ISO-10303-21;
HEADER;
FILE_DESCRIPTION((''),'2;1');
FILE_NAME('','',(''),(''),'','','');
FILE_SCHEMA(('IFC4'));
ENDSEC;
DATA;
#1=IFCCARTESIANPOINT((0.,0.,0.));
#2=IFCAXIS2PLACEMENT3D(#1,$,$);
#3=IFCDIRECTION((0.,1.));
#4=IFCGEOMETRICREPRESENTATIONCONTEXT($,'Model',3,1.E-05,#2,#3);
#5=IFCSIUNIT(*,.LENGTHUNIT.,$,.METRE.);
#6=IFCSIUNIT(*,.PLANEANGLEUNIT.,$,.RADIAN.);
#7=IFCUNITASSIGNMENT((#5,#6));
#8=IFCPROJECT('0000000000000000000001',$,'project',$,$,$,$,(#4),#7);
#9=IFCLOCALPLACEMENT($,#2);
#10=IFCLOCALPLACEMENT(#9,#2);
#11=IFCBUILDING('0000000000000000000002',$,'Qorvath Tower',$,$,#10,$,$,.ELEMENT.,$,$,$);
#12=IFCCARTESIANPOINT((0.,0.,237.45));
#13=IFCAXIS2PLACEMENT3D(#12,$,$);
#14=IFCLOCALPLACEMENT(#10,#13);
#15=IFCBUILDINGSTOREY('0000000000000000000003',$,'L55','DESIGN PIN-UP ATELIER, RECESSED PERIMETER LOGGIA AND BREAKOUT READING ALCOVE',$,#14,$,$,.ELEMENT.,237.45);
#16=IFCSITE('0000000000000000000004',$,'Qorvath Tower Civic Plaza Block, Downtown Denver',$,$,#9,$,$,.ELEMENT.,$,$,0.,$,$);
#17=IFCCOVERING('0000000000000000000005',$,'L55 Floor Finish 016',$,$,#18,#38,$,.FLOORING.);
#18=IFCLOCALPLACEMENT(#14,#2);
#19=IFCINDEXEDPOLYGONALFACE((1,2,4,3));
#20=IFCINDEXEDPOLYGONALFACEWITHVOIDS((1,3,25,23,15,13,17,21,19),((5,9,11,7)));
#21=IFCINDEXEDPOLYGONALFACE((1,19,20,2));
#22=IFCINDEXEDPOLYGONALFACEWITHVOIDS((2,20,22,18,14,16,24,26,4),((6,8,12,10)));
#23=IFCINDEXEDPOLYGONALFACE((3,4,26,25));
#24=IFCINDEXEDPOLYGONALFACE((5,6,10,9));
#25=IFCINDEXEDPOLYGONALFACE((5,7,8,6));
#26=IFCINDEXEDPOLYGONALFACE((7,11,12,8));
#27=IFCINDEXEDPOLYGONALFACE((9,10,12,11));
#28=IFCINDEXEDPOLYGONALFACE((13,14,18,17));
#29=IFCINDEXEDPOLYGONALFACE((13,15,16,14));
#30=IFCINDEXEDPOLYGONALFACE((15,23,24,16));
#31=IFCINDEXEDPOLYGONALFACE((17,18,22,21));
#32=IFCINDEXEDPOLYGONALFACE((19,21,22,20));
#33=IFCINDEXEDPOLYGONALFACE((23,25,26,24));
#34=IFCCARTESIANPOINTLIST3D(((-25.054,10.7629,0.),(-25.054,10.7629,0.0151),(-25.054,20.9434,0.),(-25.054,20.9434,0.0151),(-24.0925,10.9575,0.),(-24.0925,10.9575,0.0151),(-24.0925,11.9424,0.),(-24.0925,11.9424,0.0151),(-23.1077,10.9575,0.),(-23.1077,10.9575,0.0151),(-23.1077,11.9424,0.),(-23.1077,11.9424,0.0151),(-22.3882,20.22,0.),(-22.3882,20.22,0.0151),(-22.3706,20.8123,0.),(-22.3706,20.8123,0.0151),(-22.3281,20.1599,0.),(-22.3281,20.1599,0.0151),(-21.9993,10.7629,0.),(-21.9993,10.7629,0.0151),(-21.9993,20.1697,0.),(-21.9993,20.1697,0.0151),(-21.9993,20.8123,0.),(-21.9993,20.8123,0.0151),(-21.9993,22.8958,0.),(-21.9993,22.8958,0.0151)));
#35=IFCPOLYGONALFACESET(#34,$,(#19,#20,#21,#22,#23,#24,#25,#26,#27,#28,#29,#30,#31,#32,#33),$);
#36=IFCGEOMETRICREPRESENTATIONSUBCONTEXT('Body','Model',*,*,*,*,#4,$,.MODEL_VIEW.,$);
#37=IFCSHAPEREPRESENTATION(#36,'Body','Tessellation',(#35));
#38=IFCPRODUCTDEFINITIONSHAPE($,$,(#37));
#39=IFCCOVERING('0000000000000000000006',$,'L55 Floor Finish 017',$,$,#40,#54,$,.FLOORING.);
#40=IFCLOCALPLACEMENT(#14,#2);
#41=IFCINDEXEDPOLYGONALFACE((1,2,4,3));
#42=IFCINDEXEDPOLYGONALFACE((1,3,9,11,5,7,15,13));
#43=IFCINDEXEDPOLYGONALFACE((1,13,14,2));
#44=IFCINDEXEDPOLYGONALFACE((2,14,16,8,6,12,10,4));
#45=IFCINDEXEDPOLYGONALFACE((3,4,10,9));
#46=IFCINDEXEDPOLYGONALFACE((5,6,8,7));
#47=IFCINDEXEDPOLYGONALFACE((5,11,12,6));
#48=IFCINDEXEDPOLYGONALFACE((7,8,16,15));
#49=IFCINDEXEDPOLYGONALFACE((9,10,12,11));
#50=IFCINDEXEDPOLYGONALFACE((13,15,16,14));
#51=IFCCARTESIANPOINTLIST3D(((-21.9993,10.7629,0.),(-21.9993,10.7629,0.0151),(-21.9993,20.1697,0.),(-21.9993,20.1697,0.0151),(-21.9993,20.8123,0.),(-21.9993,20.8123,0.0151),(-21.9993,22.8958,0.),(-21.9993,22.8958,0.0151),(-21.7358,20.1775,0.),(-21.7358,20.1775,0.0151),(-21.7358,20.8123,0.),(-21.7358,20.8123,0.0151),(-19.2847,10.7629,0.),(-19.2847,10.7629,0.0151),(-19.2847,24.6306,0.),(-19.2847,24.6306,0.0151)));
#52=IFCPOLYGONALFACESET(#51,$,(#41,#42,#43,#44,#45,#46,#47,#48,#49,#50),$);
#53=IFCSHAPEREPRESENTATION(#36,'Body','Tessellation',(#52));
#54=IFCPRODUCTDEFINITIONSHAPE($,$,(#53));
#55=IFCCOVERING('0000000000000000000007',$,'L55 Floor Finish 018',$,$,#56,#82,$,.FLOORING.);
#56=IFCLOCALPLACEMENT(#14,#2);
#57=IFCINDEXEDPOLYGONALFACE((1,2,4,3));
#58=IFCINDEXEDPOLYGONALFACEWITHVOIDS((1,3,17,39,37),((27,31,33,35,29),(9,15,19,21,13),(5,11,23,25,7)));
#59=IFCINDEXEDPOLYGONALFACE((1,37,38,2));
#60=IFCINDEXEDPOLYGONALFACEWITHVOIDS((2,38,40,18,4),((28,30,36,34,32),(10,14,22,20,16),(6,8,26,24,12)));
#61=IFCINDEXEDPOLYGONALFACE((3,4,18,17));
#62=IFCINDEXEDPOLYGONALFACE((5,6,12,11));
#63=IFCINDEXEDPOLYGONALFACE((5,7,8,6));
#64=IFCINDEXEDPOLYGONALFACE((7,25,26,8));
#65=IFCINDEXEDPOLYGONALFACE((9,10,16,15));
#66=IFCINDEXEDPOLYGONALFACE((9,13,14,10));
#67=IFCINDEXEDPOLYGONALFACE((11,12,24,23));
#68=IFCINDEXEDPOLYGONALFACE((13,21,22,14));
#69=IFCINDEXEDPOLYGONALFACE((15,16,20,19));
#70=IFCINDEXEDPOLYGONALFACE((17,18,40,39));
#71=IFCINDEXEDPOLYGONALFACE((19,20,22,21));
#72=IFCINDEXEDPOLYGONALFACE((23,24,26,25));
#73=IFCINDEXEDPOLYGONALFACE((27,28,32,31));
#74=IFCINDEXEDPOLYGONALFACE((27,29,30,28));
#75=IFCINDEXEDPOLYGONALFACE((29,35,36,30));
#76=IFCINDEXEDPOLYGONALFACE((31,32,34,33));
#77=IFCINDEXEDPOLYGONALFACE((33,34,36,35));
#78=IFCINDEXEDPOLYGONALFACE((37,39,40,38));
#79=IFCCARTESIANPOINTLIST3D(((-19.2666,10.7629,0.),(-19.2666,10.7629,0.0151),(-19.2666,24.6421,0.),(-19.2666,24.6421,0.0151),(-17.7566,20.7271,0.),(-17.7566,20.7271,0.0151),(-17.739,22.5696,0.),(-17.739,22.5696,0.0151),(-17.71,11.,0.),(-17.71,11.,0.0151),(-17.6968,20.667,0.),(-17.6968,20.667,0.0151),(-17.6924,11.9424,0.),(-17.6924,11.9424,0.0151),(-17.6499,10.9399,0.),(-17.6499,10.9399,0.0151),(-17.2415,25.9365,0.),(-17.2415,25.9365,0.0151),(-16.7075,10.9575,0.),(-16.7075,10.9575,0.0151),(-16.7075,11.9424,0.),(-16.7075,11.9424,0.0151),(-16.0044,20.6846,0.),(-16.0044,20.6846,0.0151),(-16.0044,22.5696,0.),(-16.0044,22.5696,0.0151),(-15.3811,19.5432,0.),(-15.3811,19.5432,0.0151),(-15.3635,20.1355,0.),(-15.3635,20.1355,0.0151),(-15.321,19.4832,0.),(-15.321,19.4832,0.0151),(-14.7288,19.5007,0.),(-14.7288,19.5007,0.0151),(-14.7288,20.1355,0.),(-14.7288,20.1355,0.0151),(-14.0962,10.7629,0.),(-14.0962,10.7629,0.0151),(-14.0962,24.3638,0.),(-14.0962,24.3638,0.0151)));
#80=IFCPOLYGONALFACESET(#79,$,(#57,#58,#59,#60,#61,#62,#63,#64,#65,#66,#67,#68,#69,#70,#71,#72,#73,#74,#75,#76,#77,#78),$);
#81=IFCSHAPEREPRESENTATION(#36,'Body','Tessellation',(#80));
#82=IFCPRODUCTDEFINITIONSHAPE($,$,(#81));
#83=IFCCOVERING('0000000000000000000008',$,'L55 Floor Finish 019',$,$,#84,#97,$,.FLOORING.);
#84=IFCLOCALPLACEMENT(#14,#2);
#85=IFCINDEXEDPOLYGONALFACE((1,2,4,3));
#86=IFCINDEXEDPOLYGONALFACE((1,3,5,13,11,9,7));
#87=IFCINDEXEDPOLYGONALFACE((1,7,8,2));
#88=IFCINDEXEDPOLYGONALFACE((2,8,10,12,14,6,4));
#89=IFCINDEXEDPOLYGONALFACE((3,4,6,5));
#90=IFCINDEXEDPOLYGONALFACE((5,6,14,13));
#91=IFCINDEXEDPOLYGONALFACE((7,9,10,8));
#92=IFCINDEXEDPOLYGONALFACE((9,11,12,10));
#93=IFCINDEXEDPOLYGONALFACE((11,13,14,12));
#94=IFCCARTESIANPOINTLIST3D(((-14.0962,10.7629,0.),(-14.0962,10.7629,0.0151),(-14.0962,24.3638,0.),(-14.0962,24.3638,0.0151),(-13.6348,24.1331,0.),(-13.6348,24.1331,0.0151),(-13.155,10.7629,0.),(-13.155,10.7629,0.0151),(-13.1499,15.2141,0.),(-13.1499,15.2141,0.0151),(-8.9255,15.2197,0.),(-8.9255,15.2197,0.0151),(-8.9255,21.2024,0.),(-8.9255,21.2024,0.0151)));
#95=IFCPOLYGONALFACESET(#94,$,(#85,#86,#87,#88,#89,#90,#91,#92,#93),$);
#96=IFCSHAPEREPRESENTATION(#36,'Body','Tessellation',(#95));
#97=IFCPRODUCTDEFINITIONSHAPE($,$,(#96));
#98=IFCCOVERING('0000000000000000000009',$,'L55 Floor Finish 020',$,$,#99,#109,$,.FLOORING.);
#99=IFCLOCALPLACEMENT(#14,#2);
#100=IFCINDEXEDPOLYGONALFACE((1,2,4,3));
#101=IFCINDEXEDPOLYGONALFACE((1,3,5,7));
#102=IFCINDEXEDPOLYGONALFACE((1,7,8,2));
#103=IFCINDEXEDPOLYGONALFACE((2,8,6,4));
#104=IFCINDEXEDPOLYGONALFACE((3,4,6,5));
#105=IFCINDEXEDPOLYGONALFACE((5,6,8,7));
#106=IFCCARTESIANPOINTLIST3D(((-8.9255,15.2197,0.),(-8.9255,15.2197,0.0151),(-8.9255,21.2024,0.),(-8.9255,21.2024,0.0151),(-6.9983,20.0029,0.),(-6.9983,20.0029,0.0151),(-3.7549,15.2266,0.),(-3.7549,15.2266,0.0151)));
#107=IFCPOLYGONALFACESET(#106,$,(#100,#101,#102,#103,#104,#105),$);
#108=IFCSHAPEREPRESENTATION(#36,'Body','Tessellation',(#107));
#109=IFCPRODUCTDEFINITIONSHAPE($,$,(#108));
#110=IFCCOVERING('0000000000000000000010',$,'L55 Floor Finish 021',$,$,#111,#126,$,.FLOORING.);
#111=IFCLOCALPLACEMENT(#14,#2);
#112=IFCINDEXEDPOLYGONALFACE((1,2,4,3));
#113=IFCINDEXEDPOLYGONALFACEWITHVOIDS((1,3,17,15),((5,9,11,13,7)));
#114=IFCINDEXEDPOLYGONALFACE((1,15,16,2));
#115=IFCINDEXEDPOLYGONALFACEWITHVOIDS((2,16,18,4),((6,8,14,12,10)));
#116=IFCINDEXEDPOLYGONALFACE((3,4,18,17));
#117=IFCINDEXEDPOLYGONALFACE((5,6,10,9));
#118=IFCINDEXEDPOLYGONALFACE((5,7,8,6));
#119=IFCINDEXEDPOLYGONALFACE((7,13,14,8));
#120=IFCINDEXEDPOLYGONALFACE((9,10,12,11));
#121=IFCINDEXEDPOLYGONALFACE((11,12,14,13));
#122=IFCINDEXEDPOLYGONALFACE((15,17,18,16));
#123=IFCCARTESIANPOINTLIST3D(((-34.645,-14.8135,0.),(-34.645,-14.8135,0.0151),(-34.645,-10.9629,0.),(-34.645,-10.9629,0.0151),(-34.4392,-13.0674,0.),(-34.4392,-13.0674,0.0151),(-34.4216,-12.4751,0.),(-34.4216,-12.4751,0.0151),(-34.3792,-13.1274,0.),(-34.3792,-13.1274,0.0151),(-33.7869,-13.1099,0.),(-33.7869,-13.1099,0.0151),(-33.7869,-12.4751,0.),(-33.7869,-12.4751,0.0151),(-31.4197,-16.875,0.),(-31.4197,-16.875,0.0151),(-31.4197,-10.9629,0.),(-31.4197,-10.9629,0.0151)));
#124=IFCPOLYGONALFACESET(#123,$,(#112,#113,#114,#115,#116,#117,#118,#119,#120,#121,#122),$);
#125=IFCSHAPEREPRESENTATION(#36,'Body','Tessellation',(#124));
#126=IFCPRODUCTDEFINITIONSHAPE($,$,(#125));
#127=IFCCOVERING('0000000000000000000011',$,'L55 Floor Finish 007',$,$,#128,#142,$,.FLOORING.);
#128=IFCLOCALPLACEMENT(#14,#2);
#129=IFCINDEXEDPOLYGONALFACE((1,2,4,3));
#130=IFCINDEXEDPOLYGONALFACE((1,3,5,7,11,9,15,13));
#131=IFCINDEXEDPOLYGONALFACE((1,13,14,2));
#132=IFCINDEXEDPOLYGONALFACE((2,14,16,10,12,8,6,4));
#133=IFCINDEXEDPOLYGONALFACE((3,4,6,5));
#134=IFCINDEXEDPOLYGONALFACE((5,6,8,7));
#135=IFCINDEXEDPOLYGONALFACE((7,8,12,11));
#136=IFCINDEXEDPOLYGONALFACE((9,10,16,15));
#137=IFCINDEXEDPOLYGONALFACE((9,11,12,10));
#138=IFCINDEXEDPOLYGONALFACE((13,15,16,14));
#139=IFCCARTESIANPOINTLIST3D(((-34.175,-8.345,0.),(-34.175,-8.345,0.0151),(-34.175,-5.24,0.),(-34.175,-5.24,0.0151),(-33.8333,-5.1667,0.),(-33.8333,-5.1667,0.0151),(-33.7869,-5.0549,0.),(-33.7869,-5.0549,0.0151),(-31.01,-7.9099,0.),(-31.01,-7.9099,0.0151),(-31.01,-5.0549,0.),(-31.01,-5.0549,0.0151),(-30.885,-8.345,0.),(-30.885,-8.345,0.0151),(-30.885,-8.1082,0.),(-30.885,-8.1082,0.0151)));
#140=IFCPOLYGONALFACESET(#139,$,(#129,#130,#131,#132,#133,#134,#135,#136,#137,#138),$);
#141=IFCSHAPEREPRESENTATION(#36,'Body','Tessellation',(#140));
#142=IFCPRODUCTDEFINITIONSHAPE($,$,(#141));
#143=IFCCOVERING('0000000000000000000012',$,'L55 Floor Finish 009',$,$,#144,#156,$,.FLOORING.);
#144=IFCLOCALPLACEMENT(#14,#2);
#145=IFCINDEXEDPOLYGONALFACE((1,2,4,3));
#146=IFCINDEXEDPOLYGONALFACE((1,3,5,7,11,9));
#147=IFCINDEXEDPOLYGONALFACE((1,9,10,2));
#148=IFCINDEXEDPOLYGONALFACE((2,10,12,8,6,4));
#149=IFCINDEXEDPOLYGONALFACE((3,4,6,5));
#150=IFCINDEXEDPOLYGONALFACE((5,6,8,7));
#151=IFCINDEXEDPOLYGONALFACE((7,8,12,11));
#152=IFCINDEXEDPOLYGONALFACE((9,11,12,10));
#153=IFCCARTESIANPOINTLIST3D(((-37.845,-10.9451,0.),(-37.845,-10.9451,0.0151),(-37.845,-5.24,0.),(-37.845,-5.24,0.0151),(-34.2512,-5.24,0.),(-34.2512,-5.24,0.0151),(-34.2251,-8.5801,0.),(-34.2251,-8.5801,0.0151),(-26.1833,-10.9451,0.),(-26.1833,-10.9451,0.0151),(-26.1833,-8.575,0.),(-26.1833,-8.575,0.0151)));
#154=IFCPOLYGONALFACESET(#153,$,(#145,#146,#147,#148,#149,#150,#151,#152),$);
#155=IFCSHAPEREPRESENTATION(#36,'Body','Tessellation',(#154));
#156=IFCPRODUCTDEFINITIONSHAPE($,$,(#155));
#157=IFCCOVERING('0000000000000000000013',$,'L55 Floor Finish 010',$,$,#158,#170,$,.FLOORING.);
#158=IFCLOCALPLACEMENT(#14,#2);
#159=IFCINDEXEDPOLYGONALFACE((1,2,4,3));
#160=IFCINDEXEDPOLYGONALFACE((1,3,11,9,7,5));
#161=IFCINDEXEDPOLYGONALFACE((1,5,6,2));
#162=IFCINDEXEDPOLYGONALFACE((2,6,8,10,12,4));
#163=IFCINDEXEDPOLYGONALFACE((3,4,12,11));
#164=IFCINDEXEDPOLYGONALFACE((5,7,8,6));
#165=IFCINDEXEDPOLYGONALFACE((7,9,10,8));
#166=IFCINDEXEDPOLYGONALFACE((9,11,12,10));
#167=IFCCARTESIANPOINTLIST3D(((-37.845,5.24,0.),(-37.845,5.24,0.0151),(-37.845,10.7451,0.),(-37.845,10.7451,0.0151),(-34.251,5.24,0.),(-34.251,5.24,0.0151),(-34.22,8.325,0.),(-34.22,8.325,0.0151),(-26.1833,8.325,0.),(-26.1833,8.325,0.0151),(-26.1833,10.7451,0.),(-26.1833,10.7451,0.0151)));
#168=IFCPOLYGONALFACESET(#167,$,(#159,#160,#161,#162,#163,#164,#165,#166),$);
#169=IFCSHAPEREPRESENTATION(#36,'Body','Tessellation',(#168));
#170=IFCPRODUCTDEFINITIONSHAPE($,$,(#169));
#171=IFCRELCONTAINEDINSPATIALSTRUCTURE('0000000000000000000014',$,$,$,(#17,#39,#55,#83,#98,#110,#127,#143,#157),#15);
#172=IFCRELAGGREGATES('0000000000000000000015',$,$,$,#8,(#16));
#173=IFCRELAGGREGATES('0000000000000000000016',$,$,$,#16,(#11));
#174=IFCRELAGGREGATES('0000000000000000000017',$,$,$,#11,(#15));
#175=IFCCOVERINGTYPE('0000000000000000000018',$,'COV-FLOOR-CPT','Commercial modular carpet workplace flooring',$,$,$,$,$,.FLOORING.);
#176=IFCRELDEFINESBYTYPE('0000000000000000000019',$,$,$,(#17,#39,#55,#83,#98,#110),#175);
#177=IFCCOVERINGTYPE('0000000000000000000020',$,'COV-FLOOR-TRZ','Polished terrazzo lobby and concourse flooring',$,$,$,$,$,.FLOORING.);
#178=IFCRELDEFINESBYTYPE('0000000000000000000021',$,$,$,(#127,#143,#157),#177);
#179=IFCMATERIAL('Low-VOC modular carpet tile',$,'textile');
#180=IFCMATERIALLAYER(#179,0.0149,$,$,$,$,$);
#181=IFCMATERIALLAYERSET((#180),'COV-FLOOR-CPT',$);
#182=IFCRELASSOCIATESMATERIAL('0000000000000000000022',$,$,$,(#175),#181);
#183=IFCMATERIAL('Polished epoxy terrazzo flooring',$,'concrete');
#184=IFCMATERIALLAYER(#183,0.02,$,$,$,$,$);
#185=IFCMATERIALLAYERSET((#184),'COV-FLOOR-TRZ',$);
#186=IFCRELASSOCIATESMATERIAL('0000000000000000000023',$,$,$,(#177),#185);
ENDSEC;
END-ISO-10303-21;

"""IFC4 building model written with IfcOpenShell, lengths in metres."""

from ifc_helpers import new_model, si_unit, direction, frame, origin, place, context, subcontext, project, spatial, polyline, outline, extrude, material, layer, layer_set, type_object, element, save


model = new_model("IFC4")

# Units and contexts
model_context = context("Model", 3, precision=1e-05, world=origin(), true_north=direction((0.0, 1.0)))
body_context = subcontext(model_context, "Body", "Model", "MODEL_VIEW")
ifc_project = project(units=[si_unit("LENGTHUNIT", "METRE"), si_unit("PLANEANGLEUNIT", "RADIAN")], contexts=[model_context])

# Site, building, storey
site_placement = place(None, origin())
site = spatial("IfcSite", under=ifc_project, at=site_placement, Name="Qorvath Tower Civic Plaza Block, Downtown Denver", CompositionType="ELEMENT", RefElevation=0.0)
building_placement = place(site_placement, origin())
building = spatial("IfcBuilding", under=site, at=building_placement, Name="Qorvath Tower", CompositionType="ELEMENT")
storey_placement = place(building_placement, frame((0.0, 0.0, 237.45)))
storey = spatial("IfcBuildingStorey", under=building, at=storey_placement, Name="L55", Description="DESIGN PIN-UP ATELIER, RECESSED PERIMETER LOGGIA AND BREAKOUT READING ALCOVE", CompositionType="ELEMENT", Elevation=237.45)

# Coverings
ifc_material_1 = material(Name="Low-VOC modular carpet tile", Category="textile")
ifc_layer_1 = layer(ifc_material_1, 0.0149)
ifc_layer_set_1 = layer_set([ifc_layer_1], Name="COV-FLOOR-CPT")
covering_type_1 = type_object("IfcCoveringType", Name="COV-FLOOR-CPT", Description="Commercial modular carpet workplace flooring", PredefinedType="FLOORING", material=ifc_layer_set_1)
covering_1_placement = place(storey_placement, origin())
element("IfcCovering", 1, at=covering_1_placement, inside=storey, type_object=covering_type_1, Name="L55 Floor Finish 016", PredefinedType="FLOORING", context=body_context, shape_type="SweptSolid", body=[
    extrude(outline(polyline([(-25.054, 10.7629), (-21.9993, 10.7629), (-21.9993, 20.1697), (-22.3281, 20.1599), (-22.3882, 20.22), (-22.3706, 20.8123), (-21.9993, 20.8123), (-21.9993, 22.8958), (-25.054, 20.9434), (-25.054, 10.7629)]), holes=[polyline([(-24.0925, 10.9575), (-24.0925, 11.9424), (-23.1077, 11.9424), (-23.1077, 10.9575), (-24.0925, 10.9575)])]), origin(), (0.0, 0.0, 1.0), 0.0151),
])
covering_2_placement = place(storey_placement, origin())
element("IfcCovering", 2, at=covering_2_placement, inside=storey, type_object=covering_type_1, Name="L55 Floor Finish 017", PredefinedType="FLOORING", context=body_context, shape_type="SweptSolid", body=[
    extrude(outline(polyline([(-21.9993, 22.8958), (-21.9993, 20.8123), (-21.7358, 20.8123), (-21.7358, 20.1775), (-21.9993, 20.1697), (-21.9993, 10.7629), (-19.2847, 10.7629), (-19.2847, 24.6306), (-21.9993, 22.8958)])), origin(), (0.0, 0.0, 1.0), 0.0151),
])
covering_3_placement = place(storey_placement, origin())
element("IfcCovering", 3, at=covering_3_placement, inside=storey, type_object=covering_type_1, Name="L55 Floor Finish 018", PredefinedType="FLOORING", context=body_context, shape_type="SweptSolid", body=[
    extrude(outline(polyline([(-14.0962, 10.7629), (-14.0962, 24.3638), (-17.2415, 25.9365), (-19.2666, 24.6421), (-19.2666, 10.7629), (-14.0962, 10.7629)]), holes=[polyline([(-15.3811, 19.5432), (-15.3635, 20.1355), (-14.7288, 20.1355), (-14.7288, 19.5007), (-15.321, 19.4832), (-15.3811, 19.5432)]), polyline([(-17.7566, 20.7271), (-17.739, 22.5696), (-16.0044, 22.5696), (-16.0044, 20.6846), (-17.6968, 20.667), (-17.7566, 20.7271)]), polyline([(-17.71, 11.0), (-17.6924, 11.9424), (-16.7075, 11.9424), (-16.7075, 10.9575), (-17.6499, 10.9399), (-17.71, 11.0)])]), origin(), (0.0, 0.0, 1.0), 0.0151),
])
covering_4_placement = place(storey_placement, origin())
element("IfcCovering", 4, at=covering_4_placement, inside=storey, type_object=covering_type_1, Name="L55 Floor Finish 019", PredefinedType="FLOORING", context=body_context, shape_type="SweptSolid", body=[
    extrude(outline(polyline([(-8.9255, 15.2197), (-8.9255, 21.2024), (-13.6348, 24.1331), (-14.0962, 24.3638), (-14.0962, 10.7629), (-13.155, 10.7629), (-13.1499, 15.2141), (-8.9255, 15.2197)])), origin(), (0.0, 0.0, 1.0), 0.0151),
])
covering_5_placement = place(storey_placement, origin())
element("IfcCovering", 5, at=covering_5_placement, inside=storey, type_object=covering_type_1, Name="L55 Floor Finish 020", PredefinedType="FLOORING", context=body_context, shape_type="SweptSolid", body=[
    extrude(outline(polyline([(-3.7549, 15.2266), (-6.9983, 20.0029), (-8.9255, 21.2024), (-8.9255, 15.2197), (-3.7549, 15.2266)])), origin(), (0.0, 0.0, 1.0), 0.0151),
])
covering_6_placement = place(storey_placement, origin())
element("IfcCovering", 6, at=covering_6_placement, inside=storey, type_object=covering_type_1, Name="L55 Floor Finish 021", PredefinedType="FLOORING", context=body_context, shape_type="SweptSolid", body=[
    extrude(outline(polyline([(-34.645, -10.9629), (-34.645, -14.8135), (-31.4197, -16.875), (-31.4197, -10.9629), (-34.645, -10.9629)]), holes=[polyline([(-34.4392, -13.0674), (-34.4216, -12.4751), (-33.7869, -12.4751), (-33.7869, -13.1099), (-34.3792, -13.1274), (-34.4392, -13.0674)])]), origin(), (0.0, 0.0, 1.0), 0.0151),
])
ifc_material_2 = material(Name="Polished epoxy terrazzo flooring", Category="concrete")
ifc_layer_2 = layer(ifc_material_2, 0.02)
ifc_layer_set_2 = layer_set([ifc_layer_2], Name="COV-FLOOR-TRZ")
covering_type_2 = type_object("IfcCoveringType", Name="COV-FLOOR-TRZ", Description="Polished terrazzo lobby and concourse flooring", PredefinedType="FLOORING", material=ifc_layer_set_2)
covering_7_placement = place(storey_placement, origin())
element("IfcCovering", 7, at=covering_7_placement, inside=storey, type_object=covering_type_2, Name="L55 Floor Finish 007", PredefinedType="FLOORING", context=body_context, shape_type="SweptSolid", body=[
    extrude(outline(polyline([(-30.885, -8.1082), (-31.01, -7.9099), (-31.01, -5.0549), (-33.7869, -5.0549), (-33.8333, -5.1667), (-34.175, -5.24), (-34.175, -8.345), (-30.885, -8.345), (-30.885, -8.1082)])), origin(), (0.0, 0.0, 1.0), 0.0151),
])
covering_8_placement = place(storey_placement, origin())
element("IfcCovering", 8, at=covering_8_placement, inside=storey, type_object=covering_type_2, Name="L55 Floor Finish 009", PredefinedType="FLOORING", context=body_context, shape_type="SweptSolid", body=[
    extrude(outline(polyline([(-34.2251, -8.5801), (-34.2512, -5.24), (-37.845, -5.24), (-37.845, -10.9451), (-26.1833, -10.9451), (-26.1833, -8.575), (-34.2251, -8.5801)])), origin(), (0.0, 0.0, 1.0), 0.0151),
])
covering_9_placement = place(storey_placement, origin())
element("IfcCovering", 9, at=covering_9_placement, inside=storey, type_object=covering_type_2, Name="L55 Floor Finish 010", PredefinedType="FLOORING", context=body_context, shape_type="SweptSolid", body=[
    extrude(outline(polyline([(-26.1833, 8.325), (-26.1833, 10.7451), (-37.845, 10.7451), (-37.845, 5.24), (-34.251, 5.24), (-34.22, 8.325), (-26.1833, 8.325)])), origin(), (0.0, 0.0, 1.0), 0.0151),
])

save(model, "model.ifc")
